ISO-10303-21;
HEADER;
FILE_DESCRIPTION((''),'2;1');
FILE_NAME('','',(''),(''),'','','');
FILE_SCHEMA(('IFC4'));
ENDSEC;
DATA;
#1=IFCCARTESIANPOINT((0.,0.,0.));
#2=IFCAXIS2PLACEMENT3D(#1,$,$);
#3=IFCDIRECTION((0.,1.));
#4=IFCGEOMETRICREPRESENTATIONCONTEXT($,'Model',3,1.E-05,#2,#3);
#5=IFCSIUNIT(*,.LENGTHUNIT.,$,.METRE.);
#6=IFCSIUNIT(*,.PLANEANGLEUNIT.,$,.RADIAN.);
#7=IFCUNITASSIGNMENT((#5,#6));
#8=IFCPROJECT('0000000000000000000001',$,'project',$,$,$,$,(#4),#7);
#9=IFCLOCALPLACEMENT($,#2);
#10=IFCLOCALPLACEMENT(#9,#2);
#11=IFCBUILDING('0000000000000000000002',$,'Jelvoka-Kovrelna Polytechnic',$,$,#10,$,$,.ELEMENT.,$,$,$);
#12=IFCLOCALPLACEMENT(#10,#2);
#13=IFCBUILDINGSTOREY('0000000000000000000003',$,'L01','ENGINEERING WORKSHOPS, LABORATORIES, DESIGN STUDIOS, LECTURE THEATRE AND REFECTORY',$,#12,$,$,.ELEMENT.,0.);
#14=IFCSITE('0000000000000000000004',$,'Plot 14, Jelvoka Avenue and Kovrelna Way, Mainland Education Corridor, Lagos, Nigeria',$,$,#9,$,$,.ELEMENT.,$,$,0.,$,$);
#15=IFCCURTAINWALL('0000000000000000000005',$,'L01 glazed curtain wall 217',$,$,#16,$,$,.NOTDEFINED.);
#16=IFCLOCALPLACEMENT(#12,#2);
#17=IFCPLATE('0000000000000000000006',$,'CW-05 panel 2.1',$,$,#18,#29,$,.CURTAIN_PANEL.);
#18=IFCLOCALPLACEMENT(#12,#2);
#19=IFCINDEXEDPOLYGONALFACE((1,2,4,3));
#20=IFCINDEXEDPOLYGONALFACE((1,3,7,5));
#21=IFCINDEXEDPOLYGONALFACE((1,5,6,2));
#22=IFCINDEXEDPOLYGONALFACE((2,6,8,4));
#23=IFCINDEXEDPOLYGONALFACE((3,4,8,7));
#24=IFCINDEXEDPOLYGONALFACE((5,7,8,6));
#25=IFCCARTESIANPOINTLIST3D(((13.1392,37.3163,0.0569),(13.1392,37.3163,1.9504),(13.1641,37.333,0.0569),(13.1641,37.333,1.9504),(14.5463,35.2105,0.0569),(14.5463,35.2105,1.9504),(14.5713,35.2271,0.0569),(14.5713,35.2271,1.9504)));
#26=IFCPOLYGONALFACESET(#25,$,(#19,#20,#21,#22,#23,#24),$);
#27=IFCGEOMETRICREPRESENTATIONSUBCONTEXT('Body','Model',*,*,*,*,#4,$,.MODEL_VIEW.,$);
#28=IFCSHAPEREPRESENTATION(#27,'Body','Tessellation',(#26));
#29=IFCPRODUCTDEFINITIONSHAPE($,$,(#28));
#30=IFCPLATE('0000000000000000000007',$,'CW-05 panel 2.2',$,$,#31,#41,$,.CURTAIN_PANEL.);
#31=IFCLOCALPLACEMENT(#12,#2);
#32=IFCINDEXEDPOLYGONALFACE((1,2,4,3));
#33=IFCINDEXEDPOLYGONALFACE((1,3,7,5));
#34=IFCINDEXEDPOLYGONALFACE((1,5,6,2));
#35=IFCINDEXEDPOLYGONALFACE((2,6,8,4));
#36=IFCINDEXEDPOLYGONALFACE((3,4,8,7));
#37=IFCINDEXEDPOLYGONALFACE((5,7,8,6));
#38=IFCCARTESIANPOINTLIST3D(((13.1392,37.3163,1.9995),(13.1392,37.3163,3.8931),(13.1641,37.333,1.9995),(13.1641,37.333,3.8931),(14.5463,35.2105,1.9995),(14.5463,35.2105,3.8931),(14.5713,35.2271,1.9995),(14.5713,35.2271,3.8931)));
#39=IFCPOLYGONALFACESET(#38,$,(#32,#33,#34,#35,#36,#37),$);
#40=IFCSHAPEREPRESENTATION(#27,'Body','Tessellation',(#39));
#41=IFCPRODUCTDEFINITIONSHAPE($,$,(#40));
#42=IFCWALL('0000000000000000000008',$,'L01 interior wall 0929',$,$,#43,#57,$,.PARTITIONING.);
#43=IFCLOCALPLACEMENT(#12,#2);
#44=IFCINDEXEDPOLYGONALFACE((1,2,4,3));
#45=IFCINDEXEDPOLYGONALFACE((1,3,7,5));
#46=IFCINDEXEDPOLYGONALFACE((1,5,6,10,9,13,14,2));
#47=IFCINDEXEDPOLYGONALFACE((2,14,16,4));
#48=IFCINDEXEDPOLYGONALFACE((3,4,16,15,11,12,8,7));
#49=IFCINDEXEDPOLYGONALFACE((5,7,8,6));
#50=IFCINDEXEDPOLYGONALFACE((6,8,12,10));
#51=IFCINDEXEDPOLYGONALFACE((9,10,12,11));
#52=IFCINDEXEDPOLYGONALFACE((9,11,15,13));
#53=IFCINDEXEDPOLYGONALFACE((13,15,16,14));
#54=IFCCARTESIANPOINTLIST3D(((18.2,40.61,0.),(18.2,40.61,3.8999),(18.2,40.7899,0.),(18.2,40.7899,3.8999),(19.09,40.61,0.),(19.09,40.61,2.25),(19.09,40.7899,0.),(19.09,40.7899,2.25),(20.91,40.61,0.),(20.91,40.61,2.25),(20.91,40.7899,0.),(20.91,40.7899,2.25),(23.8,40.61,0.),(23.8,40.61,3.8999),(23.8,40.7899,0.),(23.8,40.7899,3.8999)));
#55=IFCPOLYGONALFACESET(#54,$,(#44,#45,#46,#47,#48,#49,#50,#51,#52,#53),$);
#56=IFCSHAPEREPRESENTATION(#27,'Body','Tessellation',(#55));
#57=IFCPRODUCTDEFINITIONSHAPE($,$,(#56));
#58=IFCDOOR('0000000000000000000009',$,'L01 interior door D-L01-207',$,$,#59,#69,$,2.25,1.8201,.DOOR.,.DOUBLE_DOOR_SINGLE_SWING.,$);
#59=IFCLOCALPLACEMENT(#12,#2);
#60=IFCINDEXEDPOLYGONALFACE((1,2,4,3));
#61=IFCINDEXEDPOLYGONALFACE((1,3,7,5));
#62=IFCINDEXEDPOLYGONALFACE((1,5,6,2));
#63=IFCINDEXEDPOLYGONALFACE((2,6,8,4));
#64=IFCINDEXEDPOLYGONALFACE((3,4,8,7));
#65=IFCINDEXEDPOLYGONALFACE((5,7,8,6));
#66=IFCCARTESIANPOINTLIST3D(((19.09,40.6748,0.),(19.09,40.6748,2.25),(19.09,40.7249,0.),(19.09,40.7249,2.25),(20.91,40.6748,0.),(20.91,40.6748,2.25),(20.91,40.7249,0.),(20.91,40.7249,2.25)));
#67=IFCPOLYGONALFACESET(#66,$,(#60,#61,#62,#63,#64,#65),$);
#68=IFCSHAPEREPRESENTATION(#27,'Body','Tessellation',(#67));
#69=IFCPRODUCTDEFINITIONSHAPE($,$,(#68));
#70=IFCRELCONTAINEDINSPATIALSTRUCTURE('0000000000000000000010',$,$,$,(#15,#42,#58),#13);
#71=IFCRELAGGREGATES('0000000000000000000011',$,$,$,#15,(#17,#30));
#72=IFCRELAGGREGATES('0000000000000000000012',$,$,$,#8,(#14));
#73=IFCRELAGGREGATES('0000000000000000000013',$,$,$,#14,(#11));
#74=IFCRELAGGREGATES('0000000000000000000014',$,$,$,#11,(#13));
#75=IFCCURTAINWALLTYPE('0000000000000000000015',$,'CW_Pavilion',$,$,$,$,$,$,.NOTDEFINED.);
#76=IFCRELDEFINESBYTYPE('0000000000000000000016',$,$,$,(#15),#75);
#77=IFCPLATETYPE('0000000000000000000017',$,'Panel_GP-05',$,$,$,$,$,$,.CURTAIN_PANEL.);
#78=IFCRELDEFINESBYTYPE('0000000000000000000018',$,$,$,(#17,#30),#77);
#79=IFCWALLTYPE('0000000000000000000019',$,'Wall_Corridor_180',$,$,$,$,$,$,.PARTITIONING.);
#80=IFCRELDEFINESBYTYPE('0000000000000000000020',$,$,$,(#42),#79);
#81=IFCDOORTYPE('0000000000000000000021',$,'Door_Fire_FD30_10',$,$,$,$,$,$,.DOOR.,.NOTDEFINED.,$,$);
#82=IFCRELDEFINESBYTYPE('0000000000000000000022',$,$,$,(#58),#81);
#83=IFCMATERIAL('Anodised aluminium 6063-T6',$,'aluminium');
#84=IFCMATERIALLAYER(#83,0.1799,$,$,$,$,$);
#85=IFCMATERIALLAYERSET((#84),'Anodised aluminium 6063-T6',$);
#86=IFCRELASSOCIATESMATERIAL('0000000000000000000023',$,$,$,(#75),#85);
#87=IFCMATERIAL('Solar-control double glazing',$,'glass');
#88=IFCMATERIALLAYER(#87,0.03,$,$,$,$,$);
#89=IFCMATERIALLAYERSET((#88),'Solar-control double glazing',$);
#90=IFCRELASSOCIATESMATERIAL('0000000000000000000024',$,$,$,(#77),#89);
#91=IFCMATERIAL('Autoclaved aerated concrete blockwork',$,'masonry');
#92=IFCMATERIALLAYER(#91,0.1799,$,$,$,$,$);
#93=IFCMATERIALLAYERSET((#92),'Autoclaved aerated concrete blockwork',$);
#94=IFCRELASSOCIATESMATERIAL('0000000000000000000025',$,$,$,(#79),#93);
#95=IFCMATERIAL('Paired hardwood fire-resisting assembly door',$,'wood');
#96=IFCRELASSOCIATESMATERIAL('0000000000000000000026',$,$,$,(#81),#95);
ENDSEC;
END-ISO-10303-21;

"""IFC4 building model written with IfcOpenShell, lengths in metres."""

from ifc_helpers import new_model, si_unit, direction, frame, frame_2d, origin, origin_2d, place, context, subcontext, project, spatial, rectangle, extrude, material, layer, layer_set, type_object, element, fill, aggregate, save


model = new_model("IFC4")

# Units and contexts
model_context = context("Model", 3, precision=1e-05, world=origin(), true_north=direction((0.0, 1.0)))
body_context = subcontext(model_context, "Body", "Model", "MODEL_VIEW")
ifc_project = project(units=[si_unit("LENGTHUNIT", "METRE"), si_unit("PLANEANGLEUNIT", "RADIAN")], contexts=[model_context])

# Site, building, storey
site_placement = place(None, origin())
site = spatial("IfcSite", under=ifc_project, at=site_placement, Name="Plot 14, Jelvoka Avenue and Kovrelna Way, Mainland Education Corridor, Lagos, Nigeria", CompositionType="ELEMENT", RefElevation=0.0)
building_placement = place(site_placement, origin())
building = spatial("IfcBuilding", under=site, at=building_placement, Name="Jelvoka-Kovrelna Polytechnic", CompositionType="ELEMENT")
storey_placement = place(building_placement, origin())
storey = spatial("IfcBuildingStorey", under=building, at=storey_placement, Name="L01", Description="ENGINEERING WORKSHOPS, LABORATORIES, DESIGN STUDIOS, LECTURE THEATRE AND REFECTORY", CompositionType="ELEMENT", Elevation=0.0)

# Shared definitions
ifc_material_1 = material(Name="Anodised aluminium 6063-T6", Category="aluminium")
ifc_layer_1 = layer(ifc_material_1, 0.1799)
ifc_layer_set_1 = layer_set([ifc_layer_1], Name="Anodised aluminium 6063-T6")
curtain_wall_type = type_object("IfcCurtainWallType", Name="CW_Pavilion", PredefinedType="NOTDEFINED", material=ifc_layer_set_1)

# Curtain wall
curtain_wall_1_placement = place(storey_placement, origin())
curtain_wall_1 = element("IfcCurtainWall", 1, at=curtain_wall_1_placement, inside=storey, type_object=curtain_wall_type, Name="L01 glazed curtain wall 217", PredefinedType="NOTDEFINED")

# Plates
ifc_material_2 = material(Name="Solar-control double glazing", Category="glass")
ifc_layer_2 = layer(ifc_material_2, 0.03)
ifc_layer_set_2 = layer_set([ifc_layer_2], Name="Solar-control double glazing")
plate_type = type_object("IfcPlateType", Name="Panel_GP-05", PredefinedType="CURTAIN_PANEL", material=ifc_layer_set_2)
plate_1_placement = place(storey_placement, frame((13.8552, 36.2717, 0.0569), z_axis=(0.0, 0.0, 1.0), x_axis=(-0.555583, 0.831461, 0.0)))
plate_1 = element("IfcPlate", 2, at=plate_1_placement, type_object=plate_type, Name="CW-05 panel 2.1", PredefinedType="CURTAIN_PANEL", context=body_context, shape_type="SweptSolid", body=[
    extrude(rectangle(XDim=2.5327, YDim=0.03, at=origin_2d()), origin(), (0.0, 0.0, 1.0), 1.8936),
])
plate_2_placement = place(storey_placement, frame((13.8552, 36.2717, 1.9995), z_axis=(0.0, 0.0, 1.0), x_axis=(-0.555583, 0.831461, 0.0)))
plate_2 = element("IfcPlate", 3, at=plate_2_placement, type_object=plate_type, Name="CW-05 panel 2.2", PredefinedType="CURTAIN_PANEL", context=body_context, shape_type="SweptSolid", body=[
    extrude(rectangle(XDim=2.5327, YDim=0.03, at=origin_2d()), origin(), (0.0, 0.0, 1.0), 1.8936),
])
aggregate(curtain_wall_1, [plate_1, plate_2])

# Wall, opening, door
ifc_material_3 = material(Name="Autoclaved aerated concrete blockwork", Category="masonry")
ifc_layer_3 = layer(ifc_material_3, 0.1799)
ifc_layer_set_3 = layer_set([ifc_layer_3], Name="Autoclaved aerated concrete blockwork")
wall_type = type_object("IfcWallType", Name="Wall_Corridor_180", PredefinedType="PARTITIONING", material=ifc_layer_set_3)
wall_placement = place(storey_placement, frame((18.2, 40.7, 0.0), z_axis=(0.0, 0.0, 1.0), x_axis=(1.0, 0.0, 0.0)))
wall = element("IfcWall", 4, at=wall_placement, inside=storey, type_object=wall_type, Name="L01 interior wall 0929", PredefinedType="PARTITIONING", context=body_context, shape_type="SweptSolid", body=[
    extrude(rectangle(XDim=5.6001, YDim=0.1799, at=frame_2d((2.8, 0.0))), origin(), (0.0, 0.0, 1.0), 3.8999),
])
opening_placement = place(wall_placement, frame((0.8899, 0.0, 0.0)))
opening = element("IfcOpeningElement", 5, at=opening_placement, cuts=wall, PredefinedType="OPENING", context=body_context, shape_type="SweptSolid", body=[
    extrude(rectangle(XDim=1.8201, YDim=2.25, at=frame_2d((0.9102, 1.125))), frame((0.0, 0.0999, 0.0), z_axis=(0.0, -1.0, 0.0), x_axis=(1.0, 0.0, 0.0)), (0.0, 0.0, 1.0), 0.2),
])
ifc_material_4 = material(Name="Paired hardwood fire-resisting assembly door", Category="wood")
door_type = type_object("IfcDoorType", Name="Door_Fire_FD30_10", OperationType="NOTDEFINED", PredefinedType="DOOR", material=ifc_material_4)
door_placement = place(opening_placement, origin())
door = element("IfcDoor", 6, at=door_placement, inside=storey, type_object=door_type, Name="L01 interior door D-L01-207", OperationType="DOUBLE_DOOR_SINGLE_SWING", OverallHeight=2.25, OverallWidth=1.8201, PredefinedType="DOOR", context=body_context, shape_type="SweptSolid", body=[
    extrude(rectangle(XDim=1.8201, YDim=2.25, at=frame_2d((0.9102, 1.125))), frame((0.0, 0.0249, 0.0), z_axis=(0.0, -1.0, 0.0), x_axis=(1.0, 0.0, 0.0)), (0.0, 0.0, 1.0), 0.05),
])
fill(opening, door)

save(model, "model.ifc")
